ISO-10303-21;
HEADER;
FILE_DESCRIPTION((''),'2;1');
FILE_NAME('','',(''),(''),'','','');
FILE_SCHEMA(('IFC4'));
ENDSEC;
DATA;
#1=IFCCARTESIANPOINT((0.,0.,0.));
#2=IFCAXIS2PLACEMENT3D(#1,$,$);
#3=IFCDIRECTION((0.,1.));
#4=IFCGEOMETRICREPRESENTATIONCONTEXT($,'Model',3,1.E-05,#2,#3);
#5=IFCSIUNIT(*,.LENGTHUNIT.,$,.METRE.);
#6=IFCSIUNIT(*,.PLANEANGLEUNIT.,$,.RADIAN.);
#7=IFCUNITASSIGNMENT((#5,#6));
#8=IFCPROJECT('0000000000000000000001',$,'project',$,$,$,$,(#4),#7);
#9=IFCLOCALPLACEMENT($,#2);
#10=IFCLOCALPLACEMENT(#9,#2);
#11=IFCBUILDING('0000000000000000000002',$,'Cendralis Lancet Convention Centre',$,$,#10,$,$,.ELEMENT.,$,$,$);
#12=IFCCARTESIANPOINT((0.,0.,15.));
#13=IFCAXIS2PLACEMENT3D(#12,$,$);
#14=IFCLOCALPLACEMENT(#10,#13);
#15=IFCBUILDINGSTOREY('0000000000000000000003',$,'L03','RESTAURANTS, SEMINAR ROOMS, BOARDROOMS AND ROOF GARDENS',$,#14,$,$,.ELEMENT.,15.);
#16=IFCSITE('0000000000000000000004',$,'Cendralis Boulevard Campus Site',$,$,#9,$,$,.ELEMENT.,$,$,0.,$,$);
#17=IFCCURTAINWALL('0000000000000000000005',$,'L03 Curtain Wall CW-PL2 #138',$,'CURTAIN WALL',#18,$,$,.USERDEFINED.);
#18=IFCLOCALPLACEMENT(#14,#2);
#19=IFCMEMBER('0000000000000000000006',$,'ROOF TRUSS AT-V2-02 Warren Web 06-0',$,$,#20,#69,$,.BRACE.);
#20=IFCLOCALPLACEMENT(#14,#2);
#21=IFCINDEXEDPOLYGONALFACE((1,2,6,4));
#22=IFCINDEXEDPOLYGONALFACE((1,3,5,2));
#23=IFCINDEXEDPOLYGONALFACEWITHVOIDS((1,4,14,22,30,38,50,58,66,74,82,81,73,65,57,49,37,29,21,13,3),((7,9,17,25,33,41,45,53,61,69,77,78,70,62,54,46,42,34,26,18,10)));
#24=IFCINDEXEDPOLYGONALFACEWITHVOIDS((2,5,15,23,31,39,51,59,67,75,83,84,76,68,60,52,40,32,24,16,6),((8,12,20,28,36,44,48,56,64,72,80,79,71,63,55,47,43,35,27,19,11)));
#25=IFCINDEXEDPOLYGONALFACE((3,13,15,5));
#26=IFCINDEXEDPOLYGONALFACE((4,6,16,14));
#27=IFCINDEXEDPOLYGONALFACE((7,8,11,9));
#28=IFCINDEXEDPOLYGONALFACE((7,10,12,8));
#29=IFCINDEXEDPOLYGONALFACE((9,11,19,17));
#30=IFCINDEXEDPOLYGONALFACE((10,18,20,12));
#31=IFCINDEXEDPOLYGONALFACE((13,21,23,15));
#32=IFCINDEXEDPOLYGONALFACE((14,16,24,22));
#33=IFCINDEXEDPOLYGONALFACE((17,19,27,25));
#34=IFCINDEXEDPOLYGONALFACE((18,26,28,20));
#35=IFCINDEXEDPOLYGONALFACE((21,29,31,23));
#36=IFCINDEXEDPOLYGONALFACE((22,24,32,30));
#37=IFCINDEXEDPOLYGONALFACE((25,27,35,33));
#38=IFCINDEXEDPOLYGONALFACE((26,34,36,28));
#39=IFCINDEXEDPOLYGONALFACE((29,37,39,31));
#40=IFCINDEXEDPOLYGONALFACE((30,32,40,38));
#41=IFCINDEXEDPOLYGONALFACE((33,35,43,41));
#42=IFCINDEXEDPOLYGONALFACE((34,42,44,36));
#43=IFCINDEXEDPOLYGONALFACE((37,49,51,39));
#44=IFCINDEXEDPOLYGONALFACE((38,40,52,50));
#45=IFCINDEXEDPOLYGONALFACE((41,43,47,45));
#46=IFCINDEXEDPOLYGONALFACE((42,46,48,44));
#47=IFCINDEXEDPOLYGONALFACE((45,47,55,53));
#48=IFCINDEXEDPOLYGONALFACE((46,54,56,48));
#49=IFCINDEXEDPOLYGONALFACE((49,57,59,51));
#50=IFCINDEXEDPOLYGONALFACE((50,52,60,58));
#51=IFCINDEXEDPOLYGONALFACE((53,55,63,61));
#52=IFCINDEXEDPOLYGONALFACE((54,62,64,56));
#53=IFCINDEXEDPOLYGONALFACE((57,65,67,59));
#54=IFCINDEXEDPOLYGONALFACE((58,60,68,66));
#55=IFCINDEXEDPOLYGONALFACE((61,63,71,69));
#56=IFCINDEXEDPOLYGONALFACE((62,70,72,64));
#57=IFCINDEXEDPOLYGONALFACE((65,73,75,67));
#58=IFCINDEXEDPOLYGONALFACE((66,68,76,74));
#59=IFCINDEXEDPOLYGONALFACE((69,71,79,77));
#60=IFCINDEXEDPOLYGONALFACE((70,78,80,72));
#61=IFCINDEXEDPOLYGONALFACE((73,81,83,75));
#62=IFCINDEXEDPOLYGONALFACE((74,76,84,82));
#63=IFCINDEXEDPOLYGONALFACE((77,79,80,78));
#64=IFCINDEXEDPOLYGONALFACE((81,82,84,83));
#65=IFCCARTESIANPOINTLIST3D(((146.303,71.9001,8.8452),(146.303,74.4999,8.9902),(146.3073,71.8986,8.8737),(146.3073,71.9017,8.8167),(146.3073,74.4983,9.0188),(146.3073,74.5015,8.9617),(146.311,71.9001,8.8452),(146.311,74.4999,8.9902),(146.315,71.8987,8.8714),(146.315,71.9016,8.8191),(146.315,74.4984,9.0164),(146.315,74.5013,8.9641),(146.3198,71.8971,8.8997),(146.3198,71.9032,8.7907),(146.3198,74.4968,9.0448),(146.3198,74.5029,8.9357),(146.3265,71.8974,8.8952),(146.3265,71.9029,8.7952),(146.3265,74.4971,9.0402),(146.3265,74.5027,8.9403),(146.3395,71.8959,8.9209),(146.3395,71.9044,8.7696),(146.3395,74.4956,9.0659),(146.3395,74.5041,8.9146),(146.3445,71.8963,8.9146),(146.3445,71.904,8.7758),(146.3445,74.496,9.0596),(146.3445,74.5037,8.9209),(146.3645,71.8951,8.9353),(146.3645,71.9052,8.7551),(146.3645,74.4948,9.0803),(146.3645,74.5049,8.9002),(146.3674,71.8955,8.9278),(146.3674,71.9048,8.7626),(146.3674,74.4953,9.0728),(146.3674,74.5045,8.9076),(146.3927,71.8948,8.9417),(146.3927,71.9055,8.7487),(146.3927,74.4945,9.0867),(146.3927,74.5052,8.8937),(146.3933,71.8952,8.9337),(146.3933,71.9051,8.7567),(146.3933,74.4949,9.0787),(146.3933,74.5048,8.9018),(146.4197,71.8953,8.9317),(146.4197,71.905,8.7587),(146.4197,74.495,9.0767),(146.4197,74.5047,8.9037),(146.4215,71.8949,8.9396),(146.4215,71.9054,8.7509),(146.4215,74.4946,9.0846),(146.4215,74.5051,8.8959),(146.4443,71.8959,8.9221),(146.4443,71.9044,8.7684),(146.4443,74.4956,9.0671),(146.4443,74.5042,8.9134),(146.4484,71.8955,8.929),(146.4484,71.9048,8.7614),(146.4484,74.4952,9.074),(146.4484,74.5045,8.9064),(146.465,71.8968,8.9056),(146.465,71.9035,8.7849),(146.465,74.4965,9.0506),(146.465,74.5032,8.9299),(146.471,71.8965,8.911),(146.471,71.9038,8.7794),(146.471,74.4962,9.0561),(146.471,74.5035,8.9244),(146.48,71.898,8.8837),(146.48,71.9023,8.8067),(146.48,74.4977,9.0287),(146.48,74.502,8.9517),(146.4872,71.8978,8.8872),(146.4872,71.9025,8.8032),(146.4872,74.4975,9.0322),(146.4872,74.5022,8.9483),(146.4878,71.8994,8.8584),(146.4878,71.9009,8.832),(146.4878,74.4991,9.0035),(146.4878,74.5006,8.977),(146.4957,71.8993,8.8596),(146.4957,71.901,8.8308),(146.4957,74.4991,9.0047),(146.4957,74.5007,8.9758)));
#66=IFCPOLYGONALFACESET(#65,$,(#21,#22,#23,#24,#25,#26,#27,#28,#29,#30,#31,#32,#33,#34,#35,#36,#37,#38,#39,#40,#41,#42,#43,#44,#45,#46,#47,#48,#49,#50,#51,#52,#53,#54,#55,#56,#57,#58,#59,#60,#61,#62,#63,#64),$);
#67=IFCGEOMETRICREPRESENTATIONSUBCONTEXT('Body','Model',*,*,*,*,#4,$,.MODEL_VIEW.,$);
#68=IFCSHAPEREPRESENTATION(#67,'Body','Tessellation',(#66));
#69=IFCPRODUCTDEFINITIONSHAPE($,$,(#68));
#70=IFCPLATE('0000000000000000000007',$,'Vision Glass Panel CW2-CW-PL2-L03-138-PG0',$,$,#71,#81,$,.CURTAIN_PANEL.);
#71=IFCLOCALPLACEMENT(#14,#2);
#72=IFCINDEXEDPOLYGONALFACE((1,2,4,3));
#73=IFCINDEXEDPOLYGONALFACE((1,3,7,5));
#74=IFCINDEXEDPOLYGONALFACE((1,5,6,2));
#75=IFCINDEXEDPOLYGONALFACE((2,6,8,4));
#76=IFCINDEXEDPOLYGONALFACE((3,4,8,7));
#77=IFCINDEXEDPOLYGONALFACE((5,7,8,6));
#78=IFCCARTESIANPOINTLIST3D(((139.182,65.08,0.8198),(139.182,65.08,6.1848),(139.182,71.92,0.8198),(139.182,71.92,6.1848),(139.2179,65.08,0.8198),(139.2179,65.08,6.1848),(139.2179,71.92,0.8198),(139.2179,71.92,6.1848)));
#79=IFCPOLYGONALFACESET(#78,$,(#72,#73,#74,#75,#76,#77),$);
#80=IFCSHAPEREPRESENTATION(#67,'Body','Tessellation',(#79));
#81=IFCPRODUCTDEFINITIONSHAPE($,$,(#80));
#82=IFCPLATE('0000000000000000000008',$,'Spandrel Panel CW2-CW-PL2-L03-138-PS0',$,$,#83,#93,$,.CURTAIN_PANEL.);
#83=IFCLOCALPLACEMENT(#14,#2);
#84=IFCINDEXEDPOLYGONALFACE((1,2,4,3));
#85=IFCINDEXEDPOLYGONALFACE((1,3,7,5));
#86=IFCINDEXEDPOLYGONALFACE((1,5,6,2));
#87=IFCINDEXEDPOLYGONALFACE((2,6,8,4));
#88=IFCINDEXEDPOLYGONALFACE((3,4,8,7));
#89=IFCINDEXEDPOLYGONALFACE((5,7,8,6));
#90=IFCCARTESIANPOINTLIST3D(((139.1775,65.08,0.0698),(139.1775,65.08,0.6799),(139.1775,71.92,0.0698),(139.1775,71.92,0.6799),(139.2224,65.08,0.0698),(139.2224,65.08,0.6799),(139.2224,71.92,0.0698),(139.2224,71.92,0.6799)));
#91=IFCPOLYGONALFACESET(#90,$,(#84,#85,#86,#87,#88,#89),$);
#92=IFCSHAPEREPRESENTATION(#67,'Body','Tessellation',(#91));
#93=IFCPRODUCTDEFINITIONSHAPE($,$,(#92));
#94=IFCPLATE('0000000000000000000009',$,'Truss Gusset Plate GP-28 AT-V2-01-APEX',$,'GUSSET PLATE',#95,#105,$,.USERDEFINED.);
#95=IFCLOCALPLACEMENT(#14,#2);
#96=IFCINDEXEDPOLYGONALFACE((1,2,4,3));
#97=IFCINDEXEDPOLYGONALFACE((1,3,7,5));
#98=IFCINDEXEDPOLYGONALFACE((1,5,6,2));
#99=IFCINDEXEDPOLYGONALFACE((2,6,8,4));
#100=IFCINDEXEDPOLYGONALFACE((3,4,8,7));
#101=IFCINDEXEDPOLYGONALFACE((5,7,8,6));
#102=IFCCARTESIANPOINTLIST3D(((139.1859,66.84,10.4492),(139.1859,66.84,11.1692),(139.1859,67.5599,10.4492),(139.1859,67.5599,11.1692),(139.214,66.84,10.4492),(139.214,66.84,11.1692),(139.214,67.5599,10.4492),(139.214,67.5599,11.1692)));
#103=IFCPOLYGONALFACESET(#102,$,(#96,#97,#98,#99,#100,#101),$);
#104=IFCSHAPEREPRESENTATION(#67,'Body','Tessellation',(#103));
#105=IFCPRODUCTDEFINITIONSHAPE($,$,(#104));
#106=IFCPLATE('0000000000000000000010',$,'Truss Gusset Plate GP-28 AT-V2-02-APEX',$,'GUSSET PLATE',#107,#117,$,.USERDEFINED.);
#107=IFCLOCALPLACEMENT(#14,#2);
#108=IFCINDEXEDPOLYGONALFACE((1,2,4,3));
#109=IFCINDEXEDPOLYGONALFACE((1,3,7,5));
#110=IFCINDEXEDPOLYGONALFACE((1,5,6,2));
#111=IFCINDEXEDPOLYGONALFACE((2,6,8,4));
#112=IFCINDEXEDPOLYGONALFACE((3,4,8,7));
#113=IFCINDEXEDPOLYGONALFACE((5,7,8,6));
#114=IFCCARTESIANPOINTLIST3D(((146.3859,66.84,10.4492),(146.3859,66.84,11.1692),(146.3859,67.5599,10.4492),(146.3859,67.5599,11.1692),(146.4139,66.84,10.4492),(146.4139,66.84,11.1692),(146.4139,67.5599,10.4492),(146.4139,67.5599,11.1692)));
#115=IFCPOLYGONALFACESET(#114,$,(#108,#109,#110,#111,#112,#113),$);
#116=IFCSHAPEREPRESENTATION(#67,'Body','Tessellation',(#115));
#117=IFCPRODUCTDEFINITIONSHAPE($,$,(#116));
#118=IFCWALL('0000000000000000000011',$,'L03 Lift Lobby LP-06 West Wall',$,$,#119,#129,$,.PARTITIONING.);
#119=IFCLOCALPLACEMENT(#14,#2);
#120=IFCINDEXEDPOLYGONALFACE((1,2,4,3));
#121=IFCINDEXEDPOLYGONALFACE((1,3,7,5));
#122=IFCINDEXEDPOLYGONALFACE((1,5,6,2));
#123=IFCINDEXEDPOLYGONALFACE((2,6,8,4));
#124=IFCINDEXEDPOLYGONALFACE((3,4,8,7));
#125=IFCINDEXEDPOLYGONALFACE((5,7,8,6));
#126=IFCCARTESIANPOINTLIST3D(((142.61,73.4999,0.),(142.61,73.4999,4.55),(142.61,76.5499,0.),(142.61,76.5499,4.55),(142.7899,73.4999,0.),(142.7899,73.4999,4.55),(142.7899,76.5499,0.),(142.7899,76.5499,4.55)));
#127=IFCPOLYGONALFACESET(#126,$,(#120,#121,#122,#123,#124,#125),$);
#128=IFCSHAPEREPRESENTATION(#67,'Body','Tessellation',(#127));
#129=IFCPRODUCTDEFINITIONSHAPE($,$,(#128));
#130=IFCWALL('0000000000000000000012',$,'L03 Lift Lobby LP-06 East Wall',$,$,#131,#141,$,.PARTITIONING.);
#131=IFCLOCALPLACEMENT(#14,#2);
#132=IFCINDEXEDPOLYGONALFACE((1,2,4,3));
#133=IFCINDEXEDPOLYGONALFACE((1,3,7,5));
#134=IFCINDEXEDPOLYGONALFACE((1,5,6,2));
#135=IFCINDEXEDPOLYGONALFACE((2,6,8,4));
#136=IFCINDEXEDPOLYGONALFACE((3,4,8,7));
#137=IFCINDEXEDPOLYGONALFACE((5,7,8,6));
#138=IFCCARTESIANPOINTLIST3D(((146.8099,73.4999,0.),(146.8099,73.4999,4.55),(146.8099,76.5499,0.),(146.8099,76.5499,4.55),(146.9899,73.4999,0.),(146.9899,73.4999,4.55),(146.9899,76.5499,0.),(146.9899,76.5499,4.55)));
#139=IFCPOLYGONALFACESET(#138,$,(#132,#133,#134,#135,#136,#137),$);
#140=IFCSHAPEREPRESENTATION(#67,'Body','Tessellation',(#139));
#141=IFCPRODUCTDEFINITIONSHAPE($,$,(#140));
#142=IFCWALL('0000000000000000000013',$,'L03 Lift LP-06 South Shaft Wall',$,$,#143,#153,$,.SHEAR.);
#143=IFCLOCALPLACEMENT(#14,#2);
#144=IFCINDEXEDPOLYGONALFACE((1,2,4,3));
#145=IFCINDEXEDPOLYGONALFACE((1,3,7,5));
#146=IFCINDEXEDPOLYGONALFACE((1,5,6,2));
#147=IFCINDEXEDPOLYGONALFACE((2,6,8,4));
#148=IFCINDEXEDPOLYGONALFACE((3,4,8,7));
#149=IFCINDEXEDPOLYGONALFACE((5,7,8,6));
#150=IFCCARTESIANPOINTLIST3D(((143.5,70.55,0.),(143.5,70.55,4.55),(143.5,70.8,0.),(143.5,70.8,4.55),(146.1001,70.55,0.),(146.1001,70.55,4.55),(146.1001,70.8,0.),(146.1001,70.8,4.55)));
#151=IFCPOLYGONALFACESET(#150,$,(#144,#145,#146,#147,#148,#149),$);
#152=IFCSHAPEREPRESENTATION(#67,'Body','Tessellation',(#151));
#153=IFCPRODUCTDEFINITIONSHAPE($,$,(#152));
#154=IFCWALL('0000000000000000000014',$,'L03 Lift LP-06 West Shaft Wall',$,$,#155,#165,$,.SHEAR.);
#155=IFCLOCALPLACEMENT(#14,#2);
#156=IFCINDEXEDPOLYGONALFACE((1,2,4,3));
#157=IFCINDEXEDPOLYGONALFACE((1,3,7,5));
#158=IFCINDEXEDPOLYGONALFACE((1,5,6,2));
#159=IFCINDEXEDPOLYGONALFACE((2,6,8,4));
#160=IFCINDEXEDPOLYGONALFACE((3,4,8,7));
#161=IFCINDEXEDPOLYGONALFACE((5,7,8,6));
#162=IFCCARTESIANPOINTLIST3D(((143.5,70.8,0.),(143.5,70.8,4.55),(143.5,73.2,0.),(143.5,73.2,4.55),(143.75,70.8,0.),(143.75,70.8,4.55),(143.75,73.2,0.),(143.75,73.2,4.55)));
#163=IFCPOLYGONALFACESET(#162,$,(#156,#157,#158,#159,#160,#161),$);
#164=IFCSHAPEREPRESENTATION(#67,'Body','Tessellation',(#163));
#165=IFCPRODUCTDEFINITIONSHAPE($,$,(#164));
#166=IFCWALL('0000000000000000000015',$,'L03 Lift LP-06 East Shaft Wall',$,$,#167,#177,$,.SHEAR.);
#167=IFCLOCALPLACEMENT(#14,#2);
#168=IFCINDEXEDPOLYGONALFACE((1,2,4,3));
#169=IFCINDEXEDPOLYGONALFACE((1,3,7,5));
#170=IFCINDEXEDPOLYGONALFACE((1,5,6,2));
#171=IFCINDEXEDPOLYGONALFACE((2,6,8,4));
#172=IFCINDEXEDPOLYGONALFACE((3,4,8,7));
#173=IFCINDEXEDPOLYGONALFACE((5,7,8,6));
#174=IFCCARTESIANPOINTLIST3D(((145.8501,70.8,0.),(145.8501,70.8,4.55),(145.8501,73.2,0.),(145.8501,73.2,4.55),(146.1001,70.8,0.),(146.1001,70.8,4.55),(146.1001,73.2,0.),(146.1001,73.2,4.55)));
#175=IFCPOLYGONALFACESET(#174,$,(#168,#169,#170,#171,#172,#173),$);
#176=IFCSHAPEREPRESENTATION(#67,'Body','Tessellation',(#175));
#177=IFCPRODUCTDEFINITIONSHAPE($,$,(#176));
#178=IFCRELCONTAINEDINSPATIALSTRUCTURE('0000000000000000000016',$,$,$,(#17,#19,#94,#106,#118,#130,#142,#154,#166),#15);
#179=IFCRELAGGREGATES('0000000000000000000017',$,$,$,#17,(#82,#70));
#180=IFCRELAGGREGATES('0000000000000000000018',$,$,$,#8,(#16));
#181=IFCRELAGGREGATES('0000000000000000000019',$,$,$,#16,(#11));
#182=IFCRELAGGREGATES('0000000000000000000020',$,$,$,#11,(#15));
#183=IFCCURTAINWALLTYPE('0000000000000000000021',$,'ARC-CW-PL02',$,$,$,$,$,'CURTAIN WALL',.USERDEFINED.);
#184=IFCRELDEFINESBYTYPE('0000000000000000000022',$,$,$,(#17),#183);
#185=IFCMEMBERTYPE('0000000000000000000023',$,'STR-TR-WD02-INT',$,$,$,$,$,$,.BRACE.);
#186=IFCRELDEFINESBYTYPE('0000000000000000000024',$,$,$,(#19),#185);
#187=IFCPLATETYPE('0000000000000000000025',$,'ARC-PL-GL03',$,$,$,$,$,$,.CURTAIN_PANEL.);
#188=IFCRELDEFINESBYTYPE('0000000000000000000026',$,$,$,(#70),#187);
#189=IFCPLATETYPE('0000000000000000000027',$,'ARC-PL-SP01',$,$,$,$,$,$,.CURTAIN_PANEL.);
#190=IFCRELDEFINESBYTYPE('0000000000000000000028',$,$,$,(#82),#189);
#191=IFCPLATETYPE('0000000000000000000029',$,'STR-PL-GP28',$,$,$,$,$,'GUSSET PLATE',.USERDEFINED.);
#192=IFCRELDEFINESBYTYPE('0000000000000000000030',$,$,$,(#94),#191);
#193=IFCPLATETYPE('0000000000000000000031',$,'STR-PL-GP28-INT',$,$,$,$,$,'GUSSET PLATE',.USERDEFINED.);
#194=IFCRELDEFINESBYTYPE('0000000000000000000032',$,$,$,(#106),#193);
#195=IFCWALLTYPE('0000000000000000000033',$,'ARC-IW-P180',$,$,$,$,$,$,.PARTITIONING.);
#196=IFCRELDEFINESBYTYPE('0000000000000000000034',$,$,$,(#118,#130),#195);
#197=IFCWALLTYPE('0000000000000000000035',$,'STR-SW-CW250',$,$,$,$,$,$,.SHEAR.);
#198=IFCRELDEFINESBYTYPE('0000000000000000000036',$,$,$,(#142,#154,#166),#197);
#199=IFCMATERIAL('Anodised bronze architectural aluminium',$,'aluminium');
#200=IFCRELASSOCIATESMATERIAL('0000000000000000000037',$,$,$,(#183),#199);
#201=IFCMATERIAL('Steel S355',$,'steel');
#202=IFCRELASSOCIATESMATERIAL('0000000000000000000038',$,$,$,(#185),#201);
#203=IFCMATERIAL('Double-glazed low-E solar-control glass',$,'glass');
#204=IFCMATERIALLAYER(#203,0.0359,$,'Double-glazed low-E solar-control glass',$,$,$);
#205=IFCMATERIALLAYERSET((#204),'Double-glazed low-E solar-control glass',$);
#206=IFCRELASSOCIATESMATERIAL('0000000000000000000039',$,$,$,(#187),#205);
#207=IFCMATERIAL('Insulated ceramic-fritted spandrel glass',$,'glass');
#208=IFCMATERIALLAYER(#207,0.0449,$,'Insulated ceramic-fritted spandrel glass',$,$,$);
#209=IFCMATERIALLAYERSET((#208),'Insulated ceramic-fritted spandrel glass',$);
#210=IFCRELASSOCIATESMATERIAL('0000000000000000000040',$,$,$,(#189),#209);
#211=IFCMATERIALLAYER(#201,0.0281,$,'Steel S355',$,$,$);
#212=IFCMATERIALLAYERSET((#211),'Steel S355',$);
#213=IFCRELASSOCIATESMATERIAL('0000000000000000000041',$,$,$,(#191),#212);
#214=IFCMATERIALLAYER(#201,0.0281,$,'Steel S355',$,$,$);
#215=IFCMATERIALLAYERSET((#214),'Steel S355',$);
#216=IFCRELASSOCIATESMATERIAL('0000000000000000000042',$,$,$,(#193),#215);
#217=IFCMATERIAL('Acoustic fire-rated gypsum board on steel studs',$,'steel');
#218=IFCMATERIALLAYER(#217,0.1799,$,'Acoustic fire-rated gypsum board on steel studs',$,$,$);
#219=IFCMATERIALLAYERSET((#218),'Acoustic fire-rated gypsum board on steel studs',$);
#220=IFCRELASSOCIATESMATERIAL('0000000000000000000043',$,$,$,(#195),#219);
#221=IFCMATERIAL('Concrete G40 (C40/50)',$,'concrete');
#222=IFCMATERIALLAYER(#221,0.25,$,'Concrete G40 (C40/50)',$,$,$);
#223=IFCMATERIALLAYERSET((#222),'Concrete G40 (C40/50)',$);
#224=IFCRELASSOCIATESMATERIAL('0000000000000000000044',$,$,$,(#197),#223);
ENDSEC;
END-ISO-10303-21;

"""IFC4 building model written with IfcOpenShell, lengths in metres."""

from ifc_helpers import new_model, si_unit, direction, frame, frame_2d, origin, origin_2d, place, context, subcontext, project, spatial, rectangle, hollow_circle, extrude, material, layer, layer_set, material_profile, profile_set, type_object, element, aggregate, save


model = new_model("IFC4")

# Units and contexts
model_context = context("Model", 3, precision=1e-05, world=origin(), true_north=direction((0.0, 1.0)))
body_context = subcontext(model_context, "Body", "Model", "MODEL_VIEW")
ifc_project = project(units=[si_unit("LENGTHUNIT", "METRE"), si_unit("PLANEANGLEUNIT", "RADIAN")], contexts=[model_context])

# Site, building, storey
site_placement = place(None, origin())
site = spatial("IfcSite", under=ifc_project, at=site_placement, Name="Cendralis Boulevard Campus Site", CompositionType="ELEMENT", RefElevation=0.0)
building_placement = place(site_placement, origin())
building = spatial("IfcBuilding", under=site, at=building_placement, Name="Cendralis Lancet Convention Centre", CompositionType="ELEMENT")
storey_placement = place(building_placement, frame((0.0, 0.0, 15.0)))
storey = spatial("IfcBuildingStorey", under=building, at=storey_placement, Name="L03", Description="RESTAURANTS, SEMINAR ROOMS, BOARDROOMS AND ROOF GARDENS", CompositionType="ELEMENT", Elevation=15.0)

# Curtain wall
ifc_material_1 = material(Name="Anodised bronze architectural aluminium", Category="aluminium")
curtain_wall_type = type_object("IfcCurtainWallType", Name="ARC-CW-PL02", ElementType="CURTAIN WALL", PredefinedType="USERDEFINED", material=ifc_material_1)
curtain_wall_placement = place(storey_placement, origin())
curtain_wall = element("IfcCurtainWall", 1, at=curtain_wall_placement, inside=storey, type_object=curtain_wall_type, Name="L03 Curtain Wall CW-PL2 #138", ObjectType="CURTAIN WALL", PredefinedType="USERDEFINED")

# Member
ifc_material_2 = material(Name="Steel S355", Category="steel")
ifc_material_profile_1 = material_profile(ifc_material_2, hollow_circle(Radius=0.0969, WallThickness=0.0081, at=origin_2d()), Name="CHS 193.7x8.0")
ifc_profile_set_1 = profile_set([ifc_material_profile_1], Name="Steel S355")
member_type_1 = type_object("IfcMemberType", Name="STR-TR-WD02-INT", PredefinedType="BRACE", material=ifc_profile_set_1)
member_1_placement = place(storey_placement, frame((146.3999, 71.9001, 8.8452), z_axis=(0.0, 0.998448, 0.055699), x_axis=(-1.0, 0.0, 0.0)))
element("IfcMember", 2, at=member_1_placement, inside=storey, type_object=member_type_1, Name="ROOF TRUSS AT-V2-02 Warren Web 06-0", PredefinedType="BRACE", context=body_context, shape_type="SweptSolid", body=[
    extrude(hollow_circle(Radius=0.0969, WallThickness=0.0081, at=origin_2d()), origin(), (0.0, 0.0, 1.0), 2.6038),
])

# Plates
ifc_material_3 = material(Name="Double-glazed low-E solar-control glass", Category="glass")
ifc_layer_1 = layer(ifc_material_3, 0.0359, Name="Double-glazed low-E solar-control glass")
ifc_layer_set_1 = layer_set([ifc_layer_1], Name="Double-glazed low-E solar-control glass")
plate_type_1 = type_object("IfcPlateType", Name="ARC-PL-GL03", PredefinedType="CURTAIN_PANEL", material=ifc_layer_set_1)
plate_1_placement = place(storey_placement, frame((139.2, 68.5, 0.8198), z_axis=(0.0, 0.0, 1.0), x_axis=(0.0, 1.0, 0.0)))
plate_1 = element("IfcPlate", 3, at=plate_1_placement, type_object=plate_type_1, Name="Vision Glass Panel CW2-CW-PL2-L03-138-PG0", PredefinedType="CURTAIN_PANEL", context=body_context, shape_type="SweptSolid", body=[
    extrude(rectangle(XDim=6.8401, YDim=0.0359, at=origin_2d()), origin(), (0.0, 0.0, 1.0), 5.365),
])
ifc_material_4 = material(Name="Insulated ceramic-fritted spandrel glass", Category="glass")
ifc_layer_2 = layer(ifc_material_4, 0.0449, Name="Insulated ceramic-fritted spandrel glass")
ifc_layer_set_2 = layer_set([ifc_layer_2], Name="Insulated ceramic-fritted spandrel glass")
plate_type_2 = type_object("IfcPlateType", Name="ARC-PL-SP01", PredefinedType="CURTAIN_PANEL", material=ifc_layer_set_2)
plate_2_placement = place(storey_placement, frame((139.2, 68.5, 0.0698), z_axis=(0.0, 0.0, 1.0), x_axis=(0.0, 1.0, 0.0)))
plate_2 = element("IfcPlate", 4, at=plate_2_placement, type_object=plate_type_2, Name="Spandrel Panel CW2-CW-PL2-L03-138-PS0", PredefinedType="CURTAIN_PANEL", context=body_context, shape_type="SweptSolid", body=[
    extrude(rectangle(XDim=6.8401, YDim=0.0449, at=origin_2d()), origin(), (0.0, 0.0, 1.0), 0.6101),
])
aggregate(curtain_wall, [plate_2, plate_1])

# Plates
ifc_layer_3 = layer(ifc_material_2, 0.0281, Name="Steel S355")
ifc_layer_set_3 = layer_set([ifc_layer_3], Name="Steel S355")
plate_type_3 = type_object("IfcPlateType", Name="STR-PL-GP28", ElementType="GUSSET PLATE", PredefinedType="USERDEFINED", material=ifc_layer_set_3)
plate_3_placement = place(storey_placement, frame((139.2, 67.2, 10.4492), z_axis=(0.0, 0.0, 1.0), x_axis=(0.0, 1.0, 0.0)))
element("IfcPlate", 5, at=plate_3_placement, inside=storey, type_object=plate_type_3, Name="Truss Gusset Plate GP-28 AT-V2-01-APEX", ObjectType="GUSSET PLATE", PredefinedType="USERDEFINED", context=body_context, shape_type="SweptSolid", body=[
    extrude(rectangle(XDim=0.72, YDim=0.0281, at=origin_2d()), origin(), (0.0, 0.0, 1.0), 0.72),
])
ifc_layer_4 = layer(ifc_material_2, 0.0281, Name="Steel S355")
ifc_layer_set_4 = layer_set([ifc_layer_4], Name="Steel S355")
plate_type_4 = type_object("IfcPlateType", Name="STR-PL-GP28-INT", ElementType="GUSSET PLATE", PredefinedType="USERDEFINED", material=ifc_layer_set_4)
plate_4_placement = place(storey_placement, frame((146.3999, 67.2, 10.4492), z_axis=(0.0, 0.0, 1.0), x_axis=(0.0, 1.0, 0.0)))
element("IfcPlate", 6, at=plate_4_placement, inside=storey, type_object=plate_type_4, Name="Truss Gusset Plate GP-28 AT-V2-02-APEX", ObjectType="GUSSET PLATE", PredefinedType="USERDEFINED", context=body_context, shape_type="SweptSolid", body=[
    extrude(rectangle(XDim=0.72, YDim=0.0281, at=origin_2d()), origin(), (0.0, 0.0, 1.0), 0.72),
])

# Walls
ifc_material_5 = material(Name="Acoustic fire-rated gypsum board on steel studs", Category="steel")
ifc_layer_5 = layer(ifc_material_5, 0.1799, Name="Acoustic fire-rated gypsum board on steel studs")
ifc_layer_set_5 = layer_set([ifc_layer_5], Name="Acoustic fire-rated gypsum board on steel studs")
wall_type_1 = type_object("IfcWallType", Name="ARC-IW-P180", PredefinedType="PARTITIONING", material=ifc_layer_set_5)
for number, where, z_axis, x_axis, name in (
    (7, (142.7, 73.5, 0.0), (0.0, 0.0, 1.0), (0.0, 1.0, 0.0), "L03 Lift Lobby LP-06 West Wall"),
    (8, (146.8999, 73.5, 0.0), (0.0, 0.0, 1.0), (0.0, 1.0, 0.0), "L03 Lift Lobby LP-06 East Wall"),
):
    element("IfcWall", number, at=place(storey_placement, frame(where, z_axis=z_axis, x_axis=x_axis)), inside=storey, type_object=wall_type_1, Name=name, PredefinedType="PARTITIONING", context=body_context, shape_type="SweptSolid", body=[
        extrude(rectangle(XDim=3.05, YDim=0.1799, at=frame_2d((1.5249, 0.0))), origin(), (0.0, 0.0, 1.0), 4.55),
    ])
ifc_material_6 = material(Name="Concrete G40 (C40/50)", Category="concrete")
ifc_layer_6 = layer(ifc_material_6, 0.25, Name="Concrete G40 (C40/50)")
ifc_layer_set_6 = layer_set([ifc_layer_6], Name="Concrete G40 (C40/50)")
wall_type_2 = type_object("IfcWallType", Name="STR-SW-CW250", PredefinedType="SHEAR", material=ifc_layer_set_6)
wall_1_placement = place(storey_placement, frame((143.5, 70.675, 0.0), z_axis=(0.0, 0.0, 1.0), x_axis=(1.0, 0.0, 0.0)))
element("IfcWall", 9, at=wall_1_placement, inside=storey, type_object=wall_type_2, Name="L03 Lift LP-06 South Shaft Wall", PredefinedType="SHEAR", context=body_context, shape_type="SweptSolid", body=[
    extrude(rectangle(XDim=2.6001, YDim=0.25, at=frame_2d((1.3, 0.0))), origin(), (0.0, 0.0, 1.0), 4.55),
])

# Walls
for number, where, z_axis, x_axis, name in (
    (10, (143.625, 70.8, 0.0), (0.0, 0.0, 1.0), (0.0, 1.0, 0.0), "L03 Lift LP-06 West Shaft Wall"),
    (11, (145.9751, 70.8, 0.0), (0.0, 0.0, 1.0), (0.0, 1.0, 0.0), "L03 Lift LP-06 East Shaft Wall"),
):
    element("IfcWall", number, at=place(storey_placement, frame(where, z_axis=z_axis, x_axis=x_axis)), inside=storey, type_object=wall_type_2, Name=name, PredefinedType="SHEAR", context=body_context, shape_type="SweptSolid", body=[
        extrude(rectangle(XDim=2.3999, YDim=0.25, at=frame_2d((1.2, 0.0))), origin(), (0.0, 0.0, 1.0), 4.55),
    ])

save(model, "model.ifc")
